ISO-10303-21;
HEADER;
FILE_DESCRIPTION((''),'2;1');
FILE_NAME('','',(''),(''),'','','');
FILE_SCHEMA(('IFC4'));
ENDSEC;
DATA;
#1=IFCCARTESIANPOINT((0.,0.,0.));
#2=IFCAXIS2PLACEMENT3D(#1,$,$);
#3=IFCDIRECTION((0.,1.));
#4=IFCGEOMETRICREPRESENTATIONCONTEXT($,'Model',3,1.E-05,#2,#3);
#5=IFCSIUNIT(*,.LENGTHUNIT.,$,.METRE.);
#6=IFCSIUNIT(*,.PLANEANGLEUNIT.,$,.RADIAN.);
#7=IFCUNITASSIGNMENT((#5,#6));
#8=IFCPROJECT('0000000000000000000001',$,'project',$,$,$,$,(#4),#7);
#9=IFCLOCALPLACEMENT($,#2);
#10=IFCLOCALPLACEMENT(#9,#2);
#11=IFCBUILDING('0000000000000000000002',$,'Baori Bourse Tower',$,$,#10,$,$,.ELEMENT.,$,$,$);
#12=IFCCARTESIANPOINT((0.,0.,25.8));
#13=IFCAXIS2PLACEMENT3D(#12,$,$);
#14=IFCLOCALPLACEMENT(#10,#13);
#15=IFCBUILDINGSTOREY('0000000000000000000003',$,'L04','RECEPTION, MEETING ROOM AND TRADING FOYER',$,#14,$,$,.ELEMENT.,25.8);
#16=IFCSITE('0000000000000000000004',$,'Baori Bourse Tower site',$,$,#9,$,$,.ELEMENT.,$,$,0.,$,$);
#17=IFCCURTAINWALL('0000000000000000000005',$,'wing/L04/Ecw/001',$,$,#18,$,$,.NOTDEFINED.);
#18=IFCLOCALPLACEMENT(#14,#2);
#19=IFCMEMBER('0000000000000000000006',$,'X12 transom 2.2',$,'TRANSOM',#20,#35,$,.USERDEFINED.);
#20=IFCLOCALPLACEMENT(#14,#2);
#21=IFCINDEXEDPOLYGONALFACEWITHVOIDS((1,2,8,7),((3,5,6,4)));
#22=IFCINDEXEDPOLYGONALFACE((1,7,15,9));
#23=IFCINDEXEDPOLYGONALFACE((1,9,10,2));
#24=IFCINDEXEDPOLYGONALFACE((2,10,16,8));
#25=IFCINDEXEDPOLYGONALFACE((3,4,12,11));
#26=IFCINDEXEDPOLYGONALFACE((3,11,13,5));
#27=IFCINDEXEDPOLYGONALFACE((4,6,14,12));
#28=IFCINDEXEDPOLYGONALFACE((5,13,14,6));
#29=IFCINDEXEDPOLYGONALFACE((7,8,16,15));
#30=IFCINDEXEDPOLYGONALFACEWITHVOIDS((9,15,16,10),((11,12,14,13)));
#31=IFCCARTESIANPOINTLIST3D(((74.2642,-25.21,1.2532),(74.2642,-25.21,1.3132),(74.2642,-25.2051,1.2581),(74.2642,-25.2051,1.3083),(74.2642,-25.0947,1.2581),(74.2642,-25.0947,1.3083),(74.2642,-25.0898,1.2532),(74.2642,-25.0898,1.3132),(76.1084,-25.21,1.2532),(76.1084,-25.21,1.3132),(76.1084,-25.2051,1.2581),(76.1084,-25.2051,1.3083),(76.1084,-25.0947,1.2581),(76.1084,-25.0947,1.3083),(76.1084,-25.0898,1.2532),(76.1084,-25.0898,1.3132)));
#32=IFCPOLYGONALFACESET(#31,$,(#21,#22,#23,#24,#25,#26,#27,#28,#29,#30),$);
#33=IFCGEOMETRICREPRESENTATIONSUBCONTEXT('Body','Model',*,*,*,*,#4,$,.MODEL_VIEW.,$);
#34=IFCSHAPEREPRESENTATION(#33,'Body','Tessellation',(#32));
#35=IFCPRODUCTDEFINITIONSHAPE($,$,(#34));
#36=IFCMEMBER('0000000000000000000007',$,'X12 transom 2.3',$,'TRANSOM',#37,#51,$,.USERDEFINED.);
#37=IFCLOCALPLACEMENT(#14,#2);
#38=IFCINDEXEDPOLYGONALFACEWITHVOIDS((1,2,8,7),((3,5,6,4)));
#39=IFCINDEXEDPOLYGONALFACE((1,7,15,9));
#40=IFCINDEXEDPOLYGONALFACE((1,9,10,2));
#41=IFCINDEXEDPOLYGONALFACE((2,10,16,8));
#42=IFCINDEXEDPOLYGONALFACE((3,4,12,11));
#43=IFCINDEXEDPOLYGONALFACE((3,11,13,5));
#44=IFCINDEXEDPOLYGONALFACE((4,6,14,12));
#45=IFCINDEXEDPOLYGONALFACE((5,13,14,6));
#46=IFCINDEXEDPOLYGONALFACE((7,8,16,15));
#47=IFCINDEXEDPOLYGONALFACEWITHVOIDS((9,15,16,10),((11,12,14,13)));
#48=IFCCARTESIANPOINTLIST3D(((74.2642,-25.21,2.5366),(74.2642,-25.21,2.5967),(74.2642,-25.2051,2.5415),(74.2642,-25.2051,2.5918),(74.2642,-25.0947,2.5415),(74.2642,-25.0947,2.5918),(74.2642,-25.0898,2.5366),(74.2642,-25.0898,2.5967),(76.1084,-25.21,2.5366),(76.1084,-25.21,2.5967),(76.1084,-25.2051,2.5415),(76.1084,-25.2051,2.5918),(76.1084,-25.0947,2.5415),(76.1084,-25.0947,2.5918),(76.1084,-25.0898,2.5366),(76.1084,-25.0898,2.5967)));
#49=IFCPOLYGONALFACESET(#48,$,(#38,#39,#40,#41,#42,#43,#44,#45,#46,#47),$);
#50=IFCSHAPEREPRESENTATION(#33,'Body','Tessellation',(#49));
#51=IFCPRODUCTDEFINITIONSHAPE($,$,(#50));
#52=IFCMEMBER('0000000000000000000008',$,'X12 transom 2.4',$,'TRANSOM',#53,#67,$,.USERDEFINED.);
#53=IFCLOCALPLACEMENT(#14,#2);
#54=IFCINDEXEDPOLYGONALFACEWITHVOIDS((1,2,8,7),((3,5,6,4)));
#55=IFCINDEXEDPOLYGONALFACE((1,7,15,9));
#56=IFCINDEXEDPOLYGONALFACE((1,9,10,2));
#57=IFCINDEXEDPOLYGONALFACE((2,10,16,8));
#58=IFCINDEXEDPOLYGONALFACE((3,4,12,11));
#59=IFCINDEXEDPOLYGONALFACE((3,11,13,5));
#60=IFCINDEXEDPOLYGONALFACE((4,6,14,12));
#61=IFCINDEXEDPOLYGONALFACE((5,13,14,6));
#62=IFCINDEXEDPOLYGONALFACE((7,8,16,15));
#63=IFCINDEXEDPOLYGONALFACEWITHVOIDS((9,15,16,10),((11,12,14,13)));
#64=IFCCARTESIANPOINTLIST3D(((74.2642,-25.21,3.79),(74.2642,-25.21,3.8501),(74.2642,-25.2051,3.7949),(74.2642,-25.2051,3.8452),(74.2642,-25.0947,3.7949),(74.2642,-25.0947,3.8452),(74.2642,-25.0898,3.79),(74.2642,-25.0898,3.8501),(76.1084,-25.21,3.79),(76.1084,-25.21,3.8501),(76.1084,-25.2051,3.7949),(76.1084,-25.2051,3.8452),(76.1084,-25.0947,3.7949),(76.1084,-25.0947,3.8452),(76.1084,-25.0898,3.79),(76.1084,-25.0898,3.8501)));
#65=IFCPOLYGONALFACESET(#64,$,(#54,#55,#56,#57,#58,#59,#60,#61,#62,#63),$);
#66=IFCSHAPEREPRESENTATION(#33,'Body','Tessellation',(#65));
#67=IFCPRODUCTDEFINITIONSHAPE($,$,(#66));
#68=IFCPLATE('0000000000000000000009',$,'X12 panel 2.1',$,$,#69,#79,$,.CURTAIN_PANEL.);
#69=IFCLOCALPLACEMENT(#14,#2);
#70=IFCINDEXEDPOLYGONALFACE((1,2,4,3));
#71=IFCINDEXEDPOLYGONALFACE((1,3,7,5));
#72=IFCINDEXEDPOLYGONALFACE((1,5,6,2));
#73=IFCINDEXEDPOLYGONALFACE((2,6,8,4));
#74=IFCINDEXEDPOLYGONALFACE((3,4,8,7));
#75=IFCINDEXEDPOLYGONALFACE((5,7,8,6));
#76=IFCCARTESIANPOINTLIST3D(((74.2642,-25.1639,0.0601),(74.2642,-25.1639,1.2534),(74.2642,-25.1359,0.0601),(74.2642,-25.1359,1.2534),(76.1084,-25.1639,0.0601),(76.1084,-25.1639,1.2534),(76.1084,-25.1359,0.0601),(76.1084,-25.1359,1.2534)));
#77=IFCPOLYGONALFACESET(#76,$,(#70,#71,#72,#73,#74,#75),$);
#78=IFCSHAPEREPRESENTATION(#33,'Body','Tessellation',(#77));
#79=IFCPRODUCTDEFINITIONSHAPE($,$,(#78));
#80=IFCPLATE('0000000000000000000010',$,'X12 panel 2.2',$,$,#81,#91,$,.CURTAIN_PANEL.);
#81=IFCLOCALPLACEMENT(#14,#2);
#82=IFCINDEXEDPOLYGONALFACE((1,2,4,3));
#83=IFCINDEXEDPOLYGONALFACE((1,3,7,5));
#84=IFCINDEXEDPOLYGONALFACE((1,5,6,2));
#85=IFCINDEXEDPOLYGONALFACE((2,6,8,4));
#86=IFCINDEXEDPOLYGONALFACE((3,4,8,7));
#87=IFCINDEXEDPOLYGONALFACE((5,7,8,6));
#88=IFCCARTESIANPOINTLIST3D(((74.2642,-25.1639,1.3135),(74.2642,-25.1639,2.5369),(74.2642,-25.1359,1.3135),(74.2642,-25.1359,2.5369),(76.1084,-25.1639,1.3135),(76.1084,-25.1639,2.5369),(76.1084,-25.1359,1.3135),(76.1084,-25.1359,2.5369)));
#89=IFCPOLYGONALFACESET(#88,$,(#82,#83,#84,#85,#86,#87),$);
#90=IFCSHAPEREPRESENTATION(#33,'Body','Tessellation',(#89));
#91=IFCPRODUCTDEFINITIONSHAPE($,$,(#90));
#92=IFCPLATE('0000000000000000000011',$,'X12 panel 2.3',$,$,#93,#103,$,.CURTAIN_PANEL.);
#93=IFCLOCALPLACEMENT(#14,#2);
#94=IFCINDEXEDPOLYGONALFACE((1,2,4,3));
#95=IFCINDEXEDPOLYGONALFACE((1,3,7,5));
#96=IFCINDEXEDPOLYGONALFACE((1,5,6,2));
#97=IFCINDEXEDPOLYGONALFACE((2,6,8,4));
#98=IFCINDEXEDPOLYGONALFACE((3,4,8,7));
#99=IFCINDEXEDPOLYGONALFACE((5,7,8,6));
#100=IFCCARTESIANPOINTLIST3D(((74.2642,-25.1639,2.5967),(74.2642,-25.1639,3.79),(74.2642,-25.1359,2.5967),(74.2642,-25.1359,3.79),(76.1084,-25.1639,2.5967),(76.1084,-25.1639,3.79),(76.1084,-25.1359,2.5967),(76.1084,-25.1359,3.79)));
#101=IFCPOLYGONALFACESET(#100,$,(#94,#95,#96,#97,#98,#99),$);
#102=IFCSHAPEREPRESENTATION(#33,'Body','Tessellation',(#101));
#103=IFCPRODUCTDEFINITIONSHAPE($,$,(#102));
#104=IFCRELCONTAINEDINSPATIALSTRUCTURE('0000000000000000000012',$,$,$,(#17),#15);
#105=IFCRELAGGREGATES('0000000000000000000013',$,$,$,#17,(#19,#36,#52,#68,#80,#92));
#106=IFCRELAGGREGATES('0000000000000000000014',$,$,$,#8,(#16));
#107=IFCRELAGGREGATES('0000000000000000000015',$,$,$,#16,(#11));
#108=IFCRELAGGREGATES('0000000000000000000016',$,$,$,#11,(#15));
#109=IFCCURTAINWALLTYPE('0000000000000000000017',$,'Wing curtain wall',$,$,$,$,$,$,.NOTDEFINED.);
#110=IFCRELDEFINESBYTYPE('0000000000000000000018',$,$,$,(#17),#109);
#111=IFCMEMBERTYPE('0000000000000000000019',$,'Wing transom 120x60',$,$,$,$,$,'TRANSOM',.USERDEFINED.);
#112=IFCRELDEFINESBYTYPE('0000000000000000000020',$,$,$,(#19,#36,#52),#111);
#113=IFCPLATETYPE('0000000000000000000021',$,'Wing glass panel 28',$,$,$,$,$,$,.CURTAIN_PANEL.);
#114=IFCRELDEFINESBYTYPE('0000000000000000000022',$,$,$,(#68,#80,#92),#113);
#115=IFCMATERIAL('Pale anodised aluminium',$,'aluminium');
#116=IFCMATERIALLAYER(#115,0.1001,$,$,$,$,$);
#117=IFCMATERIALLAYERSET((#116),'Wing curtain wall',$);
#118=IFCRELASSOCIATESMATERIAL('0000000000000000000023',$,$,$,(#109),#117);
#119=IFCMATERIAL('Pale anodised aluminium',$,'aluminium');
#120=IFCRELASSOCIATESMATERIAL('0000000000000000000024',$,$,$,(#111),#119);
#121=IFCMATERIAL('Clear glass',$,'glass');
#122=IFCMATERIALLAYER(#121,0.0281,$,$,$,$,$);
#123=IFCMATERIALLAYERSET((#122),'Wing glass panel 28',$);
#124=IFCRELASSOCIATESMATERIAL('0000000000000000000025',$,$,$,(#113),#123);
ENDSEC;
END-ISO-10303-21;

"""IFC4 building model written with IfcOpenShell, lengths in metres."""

from ifc_helpers import new_model, si_unit, direction, frame, origin, origin_2d, place, context, subcontext, project, spatial, rectangle, hollow_rectangle, extrude, material, layer, layer_set, material_profile, profile_set, type_object, element, aggregate, save


model = new_model("IFC4")

# Units and contexts
model_context = context("Model", 3, precision=1e-05, world=origin(), true_north=direction((0.0, 1.0)))
body_context = subcontext(model_context, "Body", "Model", "MODEL_VIEW")
ifc_project = project(units=[si_unit("LENGTHUNIT", "METRE"), si_unit("PLANEANGLEUNIT", "RADIAN")], contexts=[model_context])

# Site, building, storey
site_placement = place(None, origin())
site = spatial("IfcSite", under=ifc_project, at=site_placement, Name="Baori Bourse Tower site", CompositionType="ELEMENT", RefElevation=0.0)
building_placement = place(site_placement, origin())
building = spatial("IfcBuilding", under=site, at=building_placement, Name="Baori Bourse Tower", CompositionType="ELEMENT")
storey_placement = place(building_placement, frame((0.0, 0.0, 25.8)))
storey = spatial("IfcBuildingStorey", under=building, at=storey_placement, Name="L04", Description="RECEPTION, MEETING ROOM AND TRADING FOYER", CompositionType="ELEMENT", Elevation=25.8)

# Curtain wall, members, plates
ifc_material_1 = material(Name="Pale anodised aluminium", Category="aluminium")
ifc_layer_1 = layer(ifc_material_1, 0.1001)
ifc_layer_set_1 = layer_set([ifc_layer_1], Name="Wing curtain wall")
curtain_wall_type = type_object("IfcCurtainWallType", Name="Wing curtain wall", PredefinedType="NOTDEFINED", material=ifc_layer_set_1)
curtain_wall_placement = place(storey_placement, origin())
curtain_wall = element("IfcCurtainWall", 1, at=curtain_wall_placement, inside=storey, type_object=curtain_wall_type, Name="wing/L04/Ecw/001", PredefinedType="NOTDEFINED")
ifc_material_2 = material(Name="Pale anodised aluminium", Category="aluminium")
ifc_material_profile_1 = material_profile(ifc_material_2, hollow_rectangle(XDim=0.1201, YDim=0.0601, WallThickness=0.0049, at=origin_2d()), Name="Transom 120x60x5")
ifc_profile_set_1 = profile_set([ifc_material_profile_1], Name="Pale anodised aluminium")
member_type_1 = type_object("IfcMemberType", Name="Wing transom 120x60", ElementType="TRANSOM", PredefinedType="USERDEFINED", material=ifc_profile_set_1)
member_1_placement = place(storey_placement, frame((74.2642, -25.1499, 1.2832), z_axis=(1.0, 0.0, 0.0), x_axis=(0.0, 1.0, 0.0)))
member_1 = element("IfcMember", 2, at=member_1_placement, type_object=member_type_1, Name="X12 transom 2.2", ObjectType="TRANSOM", PredefinedType="USERDEFINED", context=body_context, shape_type="SweptSolid", body=[
    extrude(hollow_rectangle(XDim=0.1201, YDim=0.0601, WallThickness=0.0049, at=origin_2d()), origin(), (0.0, 0.0, 1.0), 1.8442),
])
member_2_placement = place(storey_placement, frame((74.2642, -25.1499, 2.5667), z_axis=(1.0, 0.0, 0.0), x_axis=(0.0, 1.0, 0.0)))
member_2 = element("IfcMember", 3, at=member_2_placement, type_object=member_type_1, Name="X12 transom 2.3", ObjectType="TRANSOM", PredefinedType="USERDEFINED", context=body_context, shape_type="SweptSolid", body=[
    extrude(hollow_rectangle(XDim=0.1201, YDim=0.0601, WallThickness=0.0049, at=origin_2d()), origin(), (0.0, 0.0, 1.0), 1.8442),
])
member_3_placement = place(storey_placement, frame((74.2642, -25.1499, 3.8201), z_axis=(1.0, 0.0, 0.0), x_axis=(0.0, 1.0, 0.0)))
member_3 = element("IfcMember", 4, at=member_3_placement, type_object=member_type_1, Name="X12 transom 2.4", ObjectType="TRANSOM", PredefinedType="USERDEFINED", context=body_context, shape_type="SweptSolid", body=[
    extrude(hollow_rectangle(XDim=0.1201, YDim=0.0601, WallThickness=0.0049, at=origin_2d()), origin(), (0.0, 0.0, 1.0), 1.8442),
])
ifc_material_3 = material(Name="Clear glass", Category="glass")
ifc_layer_2 = layer(ifc_material_3, 0.0281)
ifc_layer_set_2 = layer_set([ifc_layer_2], Name="Wing glass panel 28")
plate_type = type_object("IfcPlateType", Name="Wing glass panel 28", PredefinedType="CURTAIN_PANEL", material=ifc_layer_set_2)
plate_1_placement = place(storey_placement, frame((75.1863, -25.1499, 0.0601), z_axis=(0.0, 0.0, 1.0), x_axis=(1.0, 0.0, 0.0)))
plate_1 = element("IfcPlate", 5, at=plate_1_placement, type_object=plate_type, Name="X12 panel 2.1", PredefinedType="CURTAIN_PANEL", context=body_context, shape_type="SweptSolid", body=[
    extrude(rectangle(XDim=1.8442, YDim=0.0281, at=origin_2d()), origin(), (0.0, 0.0, 1.0), 1.1934),
])
plate_2_placement = place(storey_placement, frame((75.1863, -25.1499, 1.3135), z_axis=(0.0, 0.0, 1.0), x_axis=(1.0, 0.0, 0.0)))
plate_2 = element("IfcPlate", 6, at=plate_2_placement, type_object=plate_type, Name="X12 panel 2.2", PredefinedType="CURTAIN_PANEL", context=body_context, shape_type="SweptSolid", body=[
    extrude(rectangle(XDim=1.8442, YDim=0.0281, at=origin_2d()), origin(), (0.0, 0.0, 1.0), 1.2234),
])
plate_3_placement = place(storey_placement, frame((75.1863, -25.1499, 2.5967), z_axis=(0.0, 0.0, 1.0), x_axis=(1.0, 0.0, 0.0)))
plate_3 = element("IfcPlate", 7, at=plate_3_placement, type_object=plate_type, Name="X12 panel 2.3", PredefinedType="CURTAIN_PANEL", context=body_context, shape_type="SweptSolid", body=[
    extrude(rectangle(XDim=1.8442, YDim=0.0281, at=origin_2d()), origin(), (0.0, 0.0, 1.0), 1.1934),
])
aggregate(curtain_wall, [member_1, member_2, member_3, plate_1, plate_2, plate_3])

save(model, "model.ifc")
